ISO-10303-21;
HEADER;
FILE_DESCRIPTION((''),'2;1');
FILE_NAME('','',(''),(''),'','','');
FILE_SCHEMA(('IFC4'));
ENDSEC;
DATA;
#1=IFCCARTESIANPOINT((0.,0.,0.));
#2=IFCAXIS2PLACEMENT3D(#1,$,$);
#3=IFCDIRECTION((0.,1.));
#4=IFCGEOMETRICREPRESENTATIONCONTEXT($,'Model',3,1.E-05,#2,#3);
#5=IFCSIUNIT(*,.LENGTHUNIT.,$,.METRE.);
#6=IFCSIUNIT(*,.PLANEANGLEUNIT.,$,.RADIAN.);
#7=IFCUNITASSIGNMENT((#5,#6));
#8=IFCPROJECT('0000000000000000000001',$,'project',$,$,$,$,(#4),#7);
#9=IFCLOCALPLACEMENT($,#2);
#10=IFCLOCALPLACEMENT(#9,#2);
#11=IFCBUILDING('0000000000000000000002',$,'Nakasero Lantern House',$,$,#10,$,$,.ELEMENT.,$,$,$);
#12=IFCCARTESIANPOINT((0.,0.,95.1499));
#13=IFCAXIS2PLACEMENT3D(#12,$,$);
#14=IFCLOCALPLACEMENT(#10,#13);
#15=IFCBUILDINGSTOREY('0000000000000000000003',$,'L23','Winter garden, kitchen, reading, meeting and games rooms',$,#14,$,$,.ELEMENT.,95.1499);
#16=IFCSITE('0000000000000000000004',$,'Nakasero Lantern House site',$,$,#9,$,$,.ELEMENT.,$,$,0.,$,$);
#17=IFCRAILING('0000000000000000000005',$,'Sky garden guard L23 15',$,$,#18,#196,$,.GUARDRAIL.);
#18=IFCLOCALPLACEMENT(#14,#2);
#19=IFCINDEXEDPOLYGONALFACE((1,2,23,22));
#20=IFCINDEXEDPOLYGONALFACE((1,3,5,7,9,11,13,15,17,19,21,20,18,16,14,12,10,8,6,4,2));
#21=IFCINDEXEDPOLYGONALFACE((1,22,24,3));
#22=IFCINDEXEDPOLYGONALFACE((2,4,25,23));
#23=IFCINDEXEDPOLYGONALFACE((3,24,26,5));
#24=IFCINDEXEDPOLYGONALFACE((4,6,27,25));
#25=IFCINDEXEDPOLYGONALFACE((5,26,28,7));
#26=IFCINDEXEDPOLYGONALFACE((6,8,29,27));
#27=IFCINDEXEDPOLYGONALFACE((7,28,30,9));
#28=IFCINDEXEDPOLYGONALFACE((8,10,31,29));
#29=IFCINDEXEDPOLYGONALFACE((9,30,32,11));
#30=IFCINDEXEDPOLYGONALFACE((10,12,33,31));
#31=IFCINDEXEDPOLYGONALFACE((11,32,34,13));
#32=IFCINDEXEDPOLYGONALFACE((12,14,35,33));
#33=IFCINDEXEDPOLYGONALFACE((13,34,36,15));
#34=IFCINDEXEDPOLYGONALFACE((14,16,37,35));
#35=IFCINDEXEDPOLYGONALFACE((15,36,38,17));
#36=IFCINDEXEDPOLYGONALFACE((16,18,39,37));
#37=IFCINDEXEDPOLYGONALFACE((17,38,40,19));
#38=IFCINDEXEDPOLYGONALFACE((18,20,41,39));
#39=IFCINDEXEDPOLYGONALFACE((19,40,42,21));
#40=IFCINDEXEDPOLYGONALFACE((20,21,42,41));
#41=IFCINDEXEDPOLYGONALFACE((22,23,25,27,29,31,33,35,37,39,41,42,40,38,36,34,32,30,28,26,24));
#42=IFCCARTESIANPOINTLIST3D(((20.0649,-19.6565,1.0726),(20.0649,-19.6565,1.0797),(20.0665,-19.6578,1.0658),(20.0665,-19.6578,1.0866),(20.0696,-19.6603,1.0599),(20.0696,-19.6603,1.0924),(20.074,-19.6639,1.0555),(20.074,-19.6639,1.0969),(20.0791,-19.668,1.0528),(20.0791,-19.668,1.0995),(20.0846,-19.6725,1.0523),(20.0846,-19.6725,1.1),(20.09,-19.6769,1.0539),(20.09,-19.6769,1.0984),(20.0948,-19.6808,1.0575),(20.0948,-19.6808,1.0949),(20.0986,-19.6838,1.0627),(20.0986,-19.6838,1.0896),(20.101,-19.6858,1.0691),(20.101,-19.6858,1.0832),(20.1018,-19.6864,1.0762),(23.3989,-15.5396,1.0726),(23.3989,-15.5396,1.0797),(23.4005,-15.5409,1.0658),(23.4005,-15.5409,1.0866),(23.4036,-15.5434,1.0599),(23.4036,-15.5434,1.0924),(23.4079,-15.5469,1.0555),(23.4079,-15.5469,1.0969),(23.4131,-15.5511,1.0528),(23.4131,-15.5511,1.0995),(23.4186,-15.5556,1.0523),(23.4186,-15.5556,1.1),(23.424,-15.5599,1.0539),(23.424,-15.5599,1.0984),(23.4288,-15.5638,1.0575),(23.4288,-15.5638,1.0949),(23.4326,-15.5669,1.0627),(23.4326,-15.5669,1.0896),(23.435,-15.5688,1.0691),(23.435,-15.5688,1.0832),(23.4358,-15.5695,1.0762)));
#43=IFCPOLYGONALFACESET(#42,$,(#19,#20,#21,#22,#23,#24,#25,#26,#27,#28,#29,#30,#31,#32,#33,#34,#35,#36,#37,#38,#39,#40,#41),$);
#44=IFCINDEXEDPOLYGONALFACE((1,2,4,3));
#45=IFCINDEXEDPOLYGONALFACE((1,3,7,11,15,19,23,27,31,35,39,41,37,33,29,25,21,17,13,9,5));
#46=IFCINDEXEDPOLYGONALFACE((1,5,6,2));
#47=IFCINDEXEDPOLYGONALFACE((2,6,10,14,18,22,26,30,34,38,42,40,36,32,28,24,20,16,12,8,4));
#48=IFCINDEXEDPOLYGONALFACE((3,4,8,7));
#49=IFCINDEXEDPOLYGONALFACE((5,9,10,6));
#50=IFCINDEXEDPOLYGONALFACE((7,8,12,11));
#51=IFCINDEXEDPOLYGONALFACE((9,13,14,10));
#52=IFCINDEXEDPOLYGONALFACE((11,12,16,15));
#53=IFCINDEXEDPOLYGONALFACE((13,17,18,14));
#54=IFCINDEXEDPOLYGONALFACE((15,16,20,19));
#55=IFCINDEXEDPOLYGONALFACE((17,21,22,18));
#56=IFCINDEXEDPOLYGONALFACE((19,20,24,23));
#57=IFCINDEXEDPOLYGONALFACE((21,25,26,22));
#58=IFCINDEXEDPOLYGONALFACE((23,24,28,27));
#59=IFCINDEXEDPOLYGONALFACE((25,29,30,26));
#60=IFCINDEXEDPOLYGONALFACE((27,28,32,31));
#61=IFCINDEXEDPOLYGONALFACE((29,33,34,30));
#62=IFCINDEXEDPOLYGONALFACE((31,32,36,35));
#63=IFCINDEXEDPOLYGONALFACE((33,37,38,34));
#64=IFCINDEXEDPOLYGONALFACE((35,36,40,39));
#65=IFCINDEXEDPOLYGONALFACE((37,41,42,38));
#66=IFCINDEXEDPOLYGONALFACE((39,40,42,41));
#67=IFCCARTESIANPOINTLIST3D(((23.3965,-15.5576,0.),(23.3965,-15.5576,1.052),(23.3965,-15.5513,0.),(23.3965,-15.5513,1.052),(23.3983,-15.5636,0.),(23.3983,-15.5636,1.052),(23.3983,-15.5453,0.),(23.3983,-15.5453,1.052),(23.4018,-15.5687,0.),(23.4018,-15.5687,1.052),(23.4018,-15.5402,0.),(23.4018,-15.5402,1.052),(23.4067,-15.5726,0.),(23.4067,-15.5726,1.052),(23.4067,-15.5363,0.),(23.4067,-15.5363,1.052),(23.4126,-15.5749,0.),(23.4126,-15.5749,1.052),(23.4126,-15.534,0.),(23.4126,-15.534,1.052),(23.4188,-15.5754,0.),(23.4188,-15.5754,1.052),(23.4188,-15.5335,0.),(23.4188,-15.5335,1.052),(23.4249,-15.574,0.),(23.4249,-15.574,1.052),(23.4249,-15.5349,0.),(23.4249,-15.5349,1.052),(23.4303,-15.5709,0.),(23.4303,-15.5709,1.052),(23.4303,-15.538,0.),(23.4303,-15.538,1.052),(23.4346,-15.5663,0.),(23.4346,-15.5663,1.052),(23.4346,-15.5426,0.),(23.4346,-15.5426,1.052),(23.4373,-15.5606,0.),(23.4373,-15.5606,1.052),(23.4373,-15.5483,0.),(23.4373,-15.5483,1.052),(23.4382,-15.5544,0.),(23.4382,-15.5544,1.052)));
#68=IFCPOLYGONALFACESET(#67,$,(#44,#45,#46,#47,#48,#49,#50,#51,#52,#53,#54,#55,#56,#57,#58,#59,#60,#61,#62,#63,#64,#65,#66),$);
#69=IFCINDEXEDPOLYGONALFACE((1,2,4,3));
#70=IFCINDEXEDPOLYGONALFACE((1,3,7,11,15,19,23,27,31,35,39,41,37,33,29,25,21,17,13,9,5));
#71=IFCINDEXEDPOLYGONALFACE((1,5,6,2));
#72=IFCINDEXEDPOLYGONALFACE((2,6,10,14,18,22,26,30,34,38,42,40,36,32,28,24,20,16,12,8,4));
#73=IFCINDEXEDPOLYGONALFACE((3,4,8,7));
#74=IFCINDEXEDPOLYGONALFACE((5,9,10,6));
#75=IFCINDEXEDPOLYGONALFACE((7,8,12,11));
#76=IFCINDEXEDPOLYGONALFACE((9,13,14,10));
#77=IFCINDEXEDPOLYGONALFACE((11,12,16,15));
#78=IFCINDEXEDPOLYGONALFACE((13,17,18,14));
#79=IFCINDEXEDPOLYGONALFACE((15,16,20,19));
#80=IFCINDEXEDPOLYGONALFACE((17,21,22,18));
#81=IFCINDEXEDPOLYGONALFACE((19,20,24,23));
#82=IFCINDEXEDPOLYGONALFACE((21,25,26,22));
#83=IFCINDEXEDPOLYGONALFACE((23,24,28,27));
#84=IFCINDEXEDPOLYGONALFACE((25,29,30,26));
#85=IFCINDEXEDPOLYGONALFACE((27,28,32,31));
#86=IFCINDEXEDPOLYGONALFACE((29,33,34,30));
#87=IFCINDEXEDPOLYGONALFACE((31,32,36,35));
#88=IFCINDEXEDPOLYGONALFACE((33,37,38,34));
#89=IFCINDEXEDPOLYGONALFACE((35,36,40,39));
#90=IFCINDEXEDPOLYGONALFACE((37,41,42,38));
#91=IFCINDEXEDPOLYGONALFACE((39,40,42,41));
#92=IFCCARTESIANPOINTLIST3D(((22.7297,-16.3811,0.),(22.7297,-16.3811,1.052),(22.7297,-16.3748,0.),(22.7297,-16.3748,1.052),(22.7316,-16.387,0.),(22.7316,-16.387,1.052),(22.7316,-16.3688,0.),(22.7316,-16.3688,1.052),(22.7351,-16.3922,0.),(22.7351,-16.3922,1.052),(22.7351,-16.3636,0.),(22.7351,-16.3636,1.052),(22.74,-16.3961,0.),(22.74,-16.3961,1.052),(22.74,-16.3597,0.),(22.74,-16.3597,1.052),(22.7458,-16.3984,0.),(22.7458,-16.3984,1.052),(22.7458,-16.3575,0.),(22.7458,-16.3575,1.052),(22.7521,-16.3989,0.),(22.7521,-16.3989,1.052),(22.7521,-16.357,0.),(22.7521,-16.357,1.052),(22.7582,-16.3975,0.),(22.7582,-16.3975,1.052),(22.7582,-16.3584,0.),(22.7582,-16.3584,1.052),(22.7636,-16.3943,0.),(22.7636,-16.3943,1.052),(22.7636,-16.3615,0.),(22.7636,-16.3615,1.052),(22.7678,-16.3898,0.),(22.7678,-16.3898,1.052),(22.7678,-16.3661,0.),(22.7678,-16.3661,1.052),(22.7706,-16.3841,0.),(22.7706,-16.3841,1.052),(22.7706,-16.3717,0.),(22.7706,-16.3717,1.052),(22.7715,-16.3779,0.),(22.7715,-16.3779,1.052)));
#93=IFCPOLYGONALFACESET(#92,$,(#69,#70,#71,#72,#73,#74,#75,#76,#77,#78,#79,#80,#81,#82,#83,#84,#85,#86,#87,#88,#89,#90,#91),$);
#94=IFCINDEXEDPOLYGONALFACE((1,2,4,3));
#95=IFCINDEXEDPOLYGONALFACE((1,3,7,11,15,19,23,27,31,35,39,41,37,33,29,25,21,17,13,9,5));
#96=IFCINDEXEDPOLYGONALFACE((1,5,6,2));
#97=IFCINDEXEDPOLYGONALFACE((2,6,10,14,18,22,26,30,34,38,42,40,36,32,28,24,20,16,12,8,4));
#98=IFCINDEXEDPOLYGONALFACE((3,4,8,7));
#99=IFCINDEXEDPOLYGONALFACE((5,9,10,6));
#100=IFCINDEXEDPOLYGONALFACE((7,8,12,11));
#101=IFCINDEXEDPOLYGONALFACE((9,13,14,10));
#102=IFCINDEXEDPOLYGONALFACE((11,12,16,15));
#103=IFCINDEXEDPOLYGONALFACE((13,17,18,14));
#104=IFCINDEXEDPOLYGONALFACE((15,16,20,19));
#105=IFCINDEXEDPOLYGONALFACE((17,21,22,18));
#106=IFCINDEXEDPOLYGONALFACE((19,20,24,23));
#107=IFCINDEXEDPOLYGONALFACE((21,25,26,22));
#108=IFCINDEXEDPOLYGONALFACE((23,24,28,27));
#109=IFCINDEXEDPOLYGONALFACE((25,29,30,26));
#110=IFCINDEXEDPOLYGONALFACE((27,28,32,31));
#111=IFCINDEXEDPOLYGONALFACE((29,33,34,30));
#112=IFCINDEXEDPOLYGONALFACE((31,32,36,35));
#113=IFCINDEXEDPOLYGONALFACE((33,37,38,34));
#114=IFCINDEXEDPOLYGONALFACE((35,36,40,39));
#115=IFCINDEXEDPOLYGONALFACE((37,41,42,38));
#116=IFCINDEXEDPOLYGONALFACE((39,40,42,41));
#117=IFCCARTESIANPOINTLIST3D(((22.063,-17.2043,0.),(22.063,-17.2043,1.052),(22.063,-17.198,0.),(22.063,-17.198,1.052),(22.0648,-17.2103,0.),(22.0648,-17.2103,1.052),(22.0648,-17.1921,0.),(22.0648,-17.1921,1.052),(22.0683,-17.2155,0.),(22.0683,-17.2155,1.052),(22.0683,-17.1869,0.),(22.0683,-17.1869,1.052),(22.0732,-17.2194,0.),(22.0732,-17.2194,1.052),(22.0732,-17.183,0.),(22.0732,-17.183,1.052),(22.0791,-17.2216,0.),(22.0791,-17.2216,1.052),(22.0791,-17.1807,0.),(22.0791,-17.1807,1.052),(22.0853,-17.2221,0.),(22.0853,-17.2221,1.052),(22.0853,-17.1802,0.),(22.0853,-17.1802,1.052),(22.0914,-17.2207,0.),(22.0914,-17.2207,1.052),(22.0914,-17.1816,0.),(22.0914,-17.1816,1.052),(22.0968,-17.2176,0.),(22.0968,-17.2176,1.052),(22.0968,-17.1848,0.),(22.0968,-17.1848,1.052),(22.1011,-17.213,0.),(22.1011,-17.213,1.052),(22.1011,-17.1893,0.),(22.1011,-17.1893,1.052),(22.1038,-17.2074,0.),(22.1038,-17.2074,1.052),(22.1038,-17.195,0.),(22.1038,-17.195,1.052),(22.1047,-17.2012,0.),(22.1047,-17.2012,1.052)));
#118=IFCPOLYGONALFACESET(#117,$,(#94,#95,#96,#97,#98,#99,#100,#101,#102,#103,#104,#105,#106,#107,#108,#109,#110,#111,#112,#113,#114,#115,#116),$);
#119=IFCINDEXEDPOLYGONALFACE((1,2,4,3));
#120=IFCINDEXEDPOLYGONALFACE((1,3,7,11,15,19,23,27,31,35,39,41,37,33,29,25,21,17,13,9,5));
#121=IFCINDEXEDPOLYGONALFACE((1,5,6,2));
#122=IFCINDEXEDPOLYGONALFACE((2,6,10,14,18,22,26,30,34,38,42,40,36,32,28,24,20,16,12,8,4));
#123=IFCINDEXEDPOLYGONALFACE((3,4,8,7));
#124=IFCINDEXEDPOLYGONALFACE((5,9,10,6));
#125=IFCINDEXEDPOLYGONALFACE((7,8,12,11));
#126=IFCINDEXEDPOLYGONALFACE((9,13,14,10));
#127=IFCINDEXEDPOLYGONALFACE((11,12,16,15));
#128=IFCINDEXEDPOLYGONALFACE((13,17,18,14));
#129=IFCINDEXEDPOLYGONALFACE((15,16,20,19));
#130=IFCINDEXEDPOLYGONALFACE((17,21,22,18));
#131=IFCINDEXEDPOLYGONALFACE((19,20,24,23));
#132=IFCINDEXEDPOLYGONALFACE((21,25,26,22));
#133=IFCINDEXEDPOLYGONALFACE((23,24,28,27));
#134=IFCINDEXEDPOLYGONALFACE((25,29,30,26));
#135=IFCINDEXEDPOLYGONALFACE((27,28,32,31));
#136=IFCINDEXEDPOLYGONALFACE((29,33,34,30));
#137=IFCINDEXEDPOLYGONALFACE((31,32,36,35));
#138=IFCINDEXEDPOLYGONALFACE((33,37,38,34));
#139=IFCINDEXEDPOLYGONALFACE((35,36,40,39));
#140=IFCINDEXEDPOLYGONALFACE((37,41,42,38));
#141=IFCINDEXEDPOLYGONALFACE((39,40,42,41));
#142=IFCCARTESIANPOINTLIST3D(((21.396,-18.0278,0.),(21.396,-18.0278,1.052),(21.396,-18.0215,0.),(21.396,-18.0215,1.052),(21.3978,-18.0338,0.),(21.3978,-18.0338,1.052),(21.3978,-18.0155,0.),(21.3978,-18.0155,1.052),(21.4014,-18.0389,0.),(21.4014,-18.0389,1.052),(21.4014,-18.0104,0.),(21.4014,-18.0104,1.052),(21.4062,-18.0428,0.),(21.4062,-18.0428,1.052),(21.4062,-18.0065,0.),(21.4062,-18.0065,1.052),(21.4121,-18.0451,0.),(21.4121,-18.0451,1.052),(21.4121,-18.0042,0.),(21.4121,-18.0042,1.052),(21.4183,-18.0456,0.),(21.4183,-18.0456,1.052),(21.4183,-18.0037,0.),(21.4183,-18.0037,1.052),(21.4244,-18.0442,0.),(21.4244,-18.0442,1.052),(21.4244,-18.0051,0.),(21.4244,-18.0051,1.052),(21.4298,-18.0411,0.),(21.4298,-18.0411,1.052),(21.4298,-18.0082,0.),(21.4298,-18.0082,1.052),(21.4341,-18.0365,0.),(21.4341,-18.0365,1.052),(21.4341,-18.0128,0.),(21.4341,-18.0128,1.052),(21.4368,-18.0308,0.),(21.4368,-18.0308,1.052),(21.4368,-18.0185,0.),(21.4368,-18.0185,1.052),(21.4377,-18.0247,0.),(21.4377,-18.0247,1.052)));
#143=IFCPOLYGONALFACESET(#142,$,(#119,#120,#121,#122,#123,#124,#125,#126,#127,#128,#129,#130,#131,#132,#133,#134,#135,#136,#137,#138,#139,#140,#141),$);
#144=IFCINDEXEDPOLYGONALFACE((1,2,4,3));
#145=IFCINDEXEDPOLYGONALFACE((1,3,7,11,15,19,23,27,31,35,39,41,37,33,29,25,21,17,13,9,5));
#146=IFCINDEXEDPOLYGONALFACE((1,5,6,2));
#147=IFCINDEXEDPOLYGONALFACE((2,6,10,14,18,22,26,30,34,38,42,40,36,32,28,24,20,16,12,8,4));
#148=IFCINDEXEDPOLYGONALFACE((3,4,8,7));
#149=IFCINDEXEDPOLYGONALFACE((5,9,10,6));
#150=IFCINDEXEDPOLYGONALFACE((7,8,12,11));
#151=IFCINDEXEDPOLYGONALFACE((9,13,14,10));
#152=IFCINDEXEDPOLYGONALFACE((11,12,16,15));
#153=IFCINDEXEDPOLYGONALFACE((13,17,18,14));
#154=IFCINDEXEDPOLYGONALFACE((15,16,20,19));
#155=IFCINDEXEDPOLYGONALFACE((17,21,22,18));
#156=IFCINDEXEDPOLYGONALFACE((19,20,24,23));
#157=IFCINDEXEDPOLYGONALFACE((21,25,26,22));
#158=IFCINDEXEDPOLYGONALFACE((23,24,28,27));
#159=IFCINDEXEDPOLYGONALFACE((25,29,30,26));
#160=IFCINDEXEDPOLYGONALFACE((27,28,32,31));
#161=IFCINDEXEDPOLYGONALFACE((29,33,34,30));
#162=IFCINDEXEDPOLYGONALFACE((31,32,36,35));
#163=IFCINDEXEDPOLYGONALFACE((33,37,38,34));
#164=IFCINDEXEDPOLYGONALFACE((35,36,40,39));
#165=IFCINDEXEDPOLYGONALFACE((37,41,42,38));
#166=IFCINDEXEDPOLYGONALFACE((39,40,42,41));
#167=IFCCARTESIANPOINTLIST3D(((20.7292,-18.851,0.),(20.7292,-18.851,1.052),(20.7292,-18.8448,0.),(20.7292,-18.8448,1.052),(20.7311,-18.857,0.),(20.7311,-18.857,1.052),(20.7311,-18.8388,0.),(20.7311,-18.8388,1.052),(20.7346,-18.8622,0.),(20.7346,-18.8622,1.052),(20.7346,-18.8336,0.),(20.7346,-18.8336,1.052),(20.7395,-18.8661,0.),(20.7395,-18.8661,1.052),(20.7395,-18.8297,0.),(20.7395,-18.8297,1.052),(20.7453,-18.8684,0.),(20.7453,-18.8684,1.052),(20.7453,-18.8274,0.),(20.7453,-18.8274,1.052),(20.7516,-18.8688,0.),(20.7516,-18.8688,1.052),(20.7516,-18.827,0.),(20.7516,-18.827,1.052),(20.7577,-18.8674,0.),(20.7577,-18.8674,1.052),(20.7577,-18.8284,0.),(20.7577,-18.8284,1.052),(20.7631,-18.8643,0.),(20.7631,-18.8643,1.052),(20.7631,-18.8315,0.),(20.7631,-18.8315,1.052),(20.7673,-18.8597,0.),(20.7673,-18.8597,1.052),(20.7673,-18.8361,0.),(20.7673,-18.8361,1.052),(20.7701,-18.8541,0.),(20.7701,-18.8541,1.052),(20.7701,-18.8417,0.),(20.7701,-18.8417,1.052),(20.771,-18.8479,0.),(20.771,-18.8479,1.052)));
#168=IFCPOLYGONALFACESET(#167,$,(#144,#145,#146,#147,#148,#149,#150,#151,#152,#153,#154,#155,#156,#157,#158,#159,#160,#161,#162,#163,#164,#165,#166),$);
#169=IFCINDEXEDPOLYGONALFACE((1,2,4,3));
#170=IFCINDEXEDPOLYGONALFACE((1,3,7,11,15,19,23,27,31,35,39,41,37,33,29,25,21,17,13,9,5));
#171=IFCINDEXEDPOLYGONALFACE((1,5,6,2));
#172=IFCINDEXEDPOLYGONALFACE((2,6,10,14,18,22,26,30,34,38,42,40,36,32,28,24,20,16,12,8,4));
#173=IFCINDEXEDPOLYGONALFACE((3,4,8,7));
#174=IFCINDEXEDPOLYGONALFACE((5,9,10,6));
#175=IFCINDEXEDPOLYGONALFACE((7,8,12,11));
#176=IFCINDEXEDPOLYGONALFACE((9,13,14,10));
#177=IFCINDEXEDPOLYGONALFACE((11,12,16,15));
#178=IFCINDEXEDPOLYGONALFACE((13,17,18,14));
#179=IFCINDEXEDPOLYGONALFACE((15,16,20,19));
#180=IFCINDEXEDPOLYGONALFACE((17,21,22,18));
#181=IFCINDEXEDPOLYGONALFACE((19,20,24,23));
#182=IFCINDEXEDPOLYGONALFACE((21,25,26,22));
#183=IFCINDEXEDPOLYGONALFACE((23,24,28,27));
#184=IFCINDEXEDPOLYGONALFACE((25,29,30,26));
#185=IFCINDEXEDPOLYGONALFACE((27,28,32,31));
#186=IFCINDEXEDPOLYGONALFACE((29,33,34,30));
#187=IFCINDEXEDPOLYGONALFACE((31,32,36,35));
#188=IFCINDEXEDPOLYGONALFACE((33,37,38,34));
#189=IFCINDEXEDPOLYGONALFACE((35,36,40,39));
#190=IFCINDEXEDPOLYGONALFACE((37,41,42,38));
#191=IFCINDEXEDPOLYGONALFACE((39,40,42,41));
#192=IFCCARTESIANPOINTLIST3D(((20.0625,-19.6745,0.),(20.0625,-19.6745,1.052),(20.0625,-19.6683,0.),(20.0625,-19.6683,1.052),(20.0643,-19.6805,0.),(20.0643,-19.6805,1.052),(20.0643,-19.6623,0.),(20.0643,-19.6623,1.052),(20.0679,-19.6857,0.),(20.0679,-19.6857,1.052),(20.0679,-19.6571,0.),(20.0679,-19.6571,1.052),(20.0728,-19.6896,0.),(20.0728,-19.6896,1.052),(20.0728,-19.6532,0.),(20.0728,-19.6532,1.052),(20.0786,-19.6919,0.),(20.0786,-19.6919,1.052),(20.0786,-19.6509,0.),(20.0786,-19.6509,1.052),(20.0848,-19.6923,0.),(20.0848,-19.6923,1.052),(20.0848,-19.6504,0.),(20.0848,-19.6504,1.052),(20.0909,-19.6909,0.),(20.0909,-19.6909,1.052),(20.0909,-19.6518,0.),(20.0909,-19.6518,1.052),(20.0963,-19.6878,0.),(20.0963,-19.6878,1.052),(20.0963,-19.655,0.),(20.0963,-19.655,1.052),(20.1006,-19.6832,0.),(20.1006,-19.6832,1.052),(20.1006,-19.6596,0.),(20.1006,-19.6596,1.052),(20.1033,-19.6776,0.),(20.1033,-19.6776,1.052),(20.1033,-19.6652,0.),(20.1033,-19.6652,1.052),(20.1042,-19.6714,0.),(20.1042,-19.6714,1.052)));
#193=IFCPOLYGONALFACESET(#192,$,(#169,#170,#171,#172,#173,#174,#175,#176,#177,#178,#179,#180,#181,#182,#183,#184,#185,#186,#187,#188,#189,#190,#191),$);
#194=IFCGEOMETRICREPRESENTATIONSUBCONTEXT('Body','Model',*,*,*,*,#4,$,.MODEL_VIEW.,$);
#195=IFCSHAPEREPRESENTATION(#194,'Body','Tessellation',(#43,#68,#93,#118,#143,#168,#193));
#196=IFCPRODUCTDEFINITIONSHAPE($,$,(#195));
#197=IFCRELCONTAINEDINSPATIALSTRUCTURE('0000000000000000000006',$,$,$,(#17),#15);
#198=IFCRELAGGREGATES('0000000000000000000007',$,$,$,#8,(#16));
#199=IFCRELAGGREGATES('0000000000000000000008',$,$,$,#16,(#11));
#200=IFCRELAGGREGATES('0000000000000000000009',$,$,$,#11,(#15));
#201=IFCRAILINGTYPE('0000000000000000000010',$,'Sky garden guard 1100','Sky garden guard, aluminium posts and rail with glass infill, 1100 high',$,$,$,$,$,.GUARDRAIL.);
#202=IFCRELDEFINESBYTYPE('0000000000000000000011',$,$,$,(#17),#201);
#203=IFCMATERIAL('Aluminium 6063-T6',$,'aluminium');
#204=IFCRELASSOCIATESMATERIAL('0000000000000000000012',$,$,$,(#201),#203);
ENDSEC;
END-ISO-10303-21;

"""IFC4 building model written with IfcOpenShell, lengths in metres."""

from ifc_helpers import new_model, si_unit, direction, frame, origin, origin_2d, place, context, subcontext, project, spatial, circle, extrude, material, type_object, element, save


model = new_model("IFC4")

# Units and contexts
model_context = context("Model", 3, precision=1e-05, world=origin(), true_north=direction((0.0, 1.0)))
body_context = subcontext(model_context, "Body", "Model", "MODEL_VIEW")
ifc_project = project(units=[si_unit("LENGTHUNIT", "METRE"), si_unit("PLANEANGLEUNIT", "RADIAN")], contexts=[model_context])

# Site, building, storey
site_placement = place(None, origin())
site = spatial("IfcSite", under=ifc_project, at=site_placement, Name="Nakasero Lantern House site", CompositionType="ELEMENT", RefElevation=0.0)
building_placement = place(site_placement, origin())
building = spatial("IfcBuilding", under=site, at=building_placement, Name="Nakasero Lantern House", CompositionType="ELEMENT")
storey_placement = place(building_placement, frame((0.0, 0.0, 95.1499)))
storey = spatial("IfcBuildingStorey", under=building, at=storey_placement, Name="L23", Description="Winter garden, kitchen, reading, meeting and games rooms", CompositionType="ELEMENT", Elevation=95.1499)

# Railing
ifc_material_1 = material(Name="Aluminium 6063-T6", Category="aluminium")
railing_type = type_object("IfcRailingType", Name="Sky garden guard 1100", Description="Sky garden guard, aluminium posts and rail with glass infill, 1100 high", PredefinedType="GUARDRAIL", material=ifc_material_1)
railing_1_placement = place(storey_placement, frame((23.4172, -15.5544, 0.0)))
element("IfcRailing", 1, at=railing_1_placement, inside=storey, type_object=railing_type, Name="Sky garden guard L23 15", PredefinedType="GUARDRAIL", context=body_context, shape_type="SweptSolid", body=[
    extrude(circle(Radius=0.0239, at=origin_2d()), frame((0.0, 0.0, 1.0762), z_axis=(-0.629337, -0.777132, 0.0), x_axis=(0.777132, -0.629337, 0.0)), (0.0, 0.0, 1.0), 5.2976),
    extrude(circle(Radius=0.021, at=origin_2d()), origin(), (0.0, 0.0, 1.0), 1.052),
    extrude(circle(Radius=0.021, at=origin_2d()), frame((-0.6667, -0.8235, 0.0)), (0.0, 0.0, 1.0), 1.052),
    extrude(circle(Radius=0.021, at=origin_2d()), frame((-1.3335, -1.6467, 0.0)), (0.0, 0.0, 1.0), 1.052),
    extrude(circle(Radius=0.021, at=origin_2d()), frame((-2.0005, -2.4702, 0.0)), (0.0, 0.0, 1.0), 1.052),
    extrude(circle(Radius=0.021, at=origin_2d()), frame((-2.6672, -3.2935, 0.0)), (0.0, 0.0, 1.0), 1.052),
    extrude(circle(Radius=0.021, at=origin_2d()), frame((-3.334, -4.1169, 0.0)), (0.0, 0.0, 1.0), 1.052),
])

save(model, "model.ifc")
